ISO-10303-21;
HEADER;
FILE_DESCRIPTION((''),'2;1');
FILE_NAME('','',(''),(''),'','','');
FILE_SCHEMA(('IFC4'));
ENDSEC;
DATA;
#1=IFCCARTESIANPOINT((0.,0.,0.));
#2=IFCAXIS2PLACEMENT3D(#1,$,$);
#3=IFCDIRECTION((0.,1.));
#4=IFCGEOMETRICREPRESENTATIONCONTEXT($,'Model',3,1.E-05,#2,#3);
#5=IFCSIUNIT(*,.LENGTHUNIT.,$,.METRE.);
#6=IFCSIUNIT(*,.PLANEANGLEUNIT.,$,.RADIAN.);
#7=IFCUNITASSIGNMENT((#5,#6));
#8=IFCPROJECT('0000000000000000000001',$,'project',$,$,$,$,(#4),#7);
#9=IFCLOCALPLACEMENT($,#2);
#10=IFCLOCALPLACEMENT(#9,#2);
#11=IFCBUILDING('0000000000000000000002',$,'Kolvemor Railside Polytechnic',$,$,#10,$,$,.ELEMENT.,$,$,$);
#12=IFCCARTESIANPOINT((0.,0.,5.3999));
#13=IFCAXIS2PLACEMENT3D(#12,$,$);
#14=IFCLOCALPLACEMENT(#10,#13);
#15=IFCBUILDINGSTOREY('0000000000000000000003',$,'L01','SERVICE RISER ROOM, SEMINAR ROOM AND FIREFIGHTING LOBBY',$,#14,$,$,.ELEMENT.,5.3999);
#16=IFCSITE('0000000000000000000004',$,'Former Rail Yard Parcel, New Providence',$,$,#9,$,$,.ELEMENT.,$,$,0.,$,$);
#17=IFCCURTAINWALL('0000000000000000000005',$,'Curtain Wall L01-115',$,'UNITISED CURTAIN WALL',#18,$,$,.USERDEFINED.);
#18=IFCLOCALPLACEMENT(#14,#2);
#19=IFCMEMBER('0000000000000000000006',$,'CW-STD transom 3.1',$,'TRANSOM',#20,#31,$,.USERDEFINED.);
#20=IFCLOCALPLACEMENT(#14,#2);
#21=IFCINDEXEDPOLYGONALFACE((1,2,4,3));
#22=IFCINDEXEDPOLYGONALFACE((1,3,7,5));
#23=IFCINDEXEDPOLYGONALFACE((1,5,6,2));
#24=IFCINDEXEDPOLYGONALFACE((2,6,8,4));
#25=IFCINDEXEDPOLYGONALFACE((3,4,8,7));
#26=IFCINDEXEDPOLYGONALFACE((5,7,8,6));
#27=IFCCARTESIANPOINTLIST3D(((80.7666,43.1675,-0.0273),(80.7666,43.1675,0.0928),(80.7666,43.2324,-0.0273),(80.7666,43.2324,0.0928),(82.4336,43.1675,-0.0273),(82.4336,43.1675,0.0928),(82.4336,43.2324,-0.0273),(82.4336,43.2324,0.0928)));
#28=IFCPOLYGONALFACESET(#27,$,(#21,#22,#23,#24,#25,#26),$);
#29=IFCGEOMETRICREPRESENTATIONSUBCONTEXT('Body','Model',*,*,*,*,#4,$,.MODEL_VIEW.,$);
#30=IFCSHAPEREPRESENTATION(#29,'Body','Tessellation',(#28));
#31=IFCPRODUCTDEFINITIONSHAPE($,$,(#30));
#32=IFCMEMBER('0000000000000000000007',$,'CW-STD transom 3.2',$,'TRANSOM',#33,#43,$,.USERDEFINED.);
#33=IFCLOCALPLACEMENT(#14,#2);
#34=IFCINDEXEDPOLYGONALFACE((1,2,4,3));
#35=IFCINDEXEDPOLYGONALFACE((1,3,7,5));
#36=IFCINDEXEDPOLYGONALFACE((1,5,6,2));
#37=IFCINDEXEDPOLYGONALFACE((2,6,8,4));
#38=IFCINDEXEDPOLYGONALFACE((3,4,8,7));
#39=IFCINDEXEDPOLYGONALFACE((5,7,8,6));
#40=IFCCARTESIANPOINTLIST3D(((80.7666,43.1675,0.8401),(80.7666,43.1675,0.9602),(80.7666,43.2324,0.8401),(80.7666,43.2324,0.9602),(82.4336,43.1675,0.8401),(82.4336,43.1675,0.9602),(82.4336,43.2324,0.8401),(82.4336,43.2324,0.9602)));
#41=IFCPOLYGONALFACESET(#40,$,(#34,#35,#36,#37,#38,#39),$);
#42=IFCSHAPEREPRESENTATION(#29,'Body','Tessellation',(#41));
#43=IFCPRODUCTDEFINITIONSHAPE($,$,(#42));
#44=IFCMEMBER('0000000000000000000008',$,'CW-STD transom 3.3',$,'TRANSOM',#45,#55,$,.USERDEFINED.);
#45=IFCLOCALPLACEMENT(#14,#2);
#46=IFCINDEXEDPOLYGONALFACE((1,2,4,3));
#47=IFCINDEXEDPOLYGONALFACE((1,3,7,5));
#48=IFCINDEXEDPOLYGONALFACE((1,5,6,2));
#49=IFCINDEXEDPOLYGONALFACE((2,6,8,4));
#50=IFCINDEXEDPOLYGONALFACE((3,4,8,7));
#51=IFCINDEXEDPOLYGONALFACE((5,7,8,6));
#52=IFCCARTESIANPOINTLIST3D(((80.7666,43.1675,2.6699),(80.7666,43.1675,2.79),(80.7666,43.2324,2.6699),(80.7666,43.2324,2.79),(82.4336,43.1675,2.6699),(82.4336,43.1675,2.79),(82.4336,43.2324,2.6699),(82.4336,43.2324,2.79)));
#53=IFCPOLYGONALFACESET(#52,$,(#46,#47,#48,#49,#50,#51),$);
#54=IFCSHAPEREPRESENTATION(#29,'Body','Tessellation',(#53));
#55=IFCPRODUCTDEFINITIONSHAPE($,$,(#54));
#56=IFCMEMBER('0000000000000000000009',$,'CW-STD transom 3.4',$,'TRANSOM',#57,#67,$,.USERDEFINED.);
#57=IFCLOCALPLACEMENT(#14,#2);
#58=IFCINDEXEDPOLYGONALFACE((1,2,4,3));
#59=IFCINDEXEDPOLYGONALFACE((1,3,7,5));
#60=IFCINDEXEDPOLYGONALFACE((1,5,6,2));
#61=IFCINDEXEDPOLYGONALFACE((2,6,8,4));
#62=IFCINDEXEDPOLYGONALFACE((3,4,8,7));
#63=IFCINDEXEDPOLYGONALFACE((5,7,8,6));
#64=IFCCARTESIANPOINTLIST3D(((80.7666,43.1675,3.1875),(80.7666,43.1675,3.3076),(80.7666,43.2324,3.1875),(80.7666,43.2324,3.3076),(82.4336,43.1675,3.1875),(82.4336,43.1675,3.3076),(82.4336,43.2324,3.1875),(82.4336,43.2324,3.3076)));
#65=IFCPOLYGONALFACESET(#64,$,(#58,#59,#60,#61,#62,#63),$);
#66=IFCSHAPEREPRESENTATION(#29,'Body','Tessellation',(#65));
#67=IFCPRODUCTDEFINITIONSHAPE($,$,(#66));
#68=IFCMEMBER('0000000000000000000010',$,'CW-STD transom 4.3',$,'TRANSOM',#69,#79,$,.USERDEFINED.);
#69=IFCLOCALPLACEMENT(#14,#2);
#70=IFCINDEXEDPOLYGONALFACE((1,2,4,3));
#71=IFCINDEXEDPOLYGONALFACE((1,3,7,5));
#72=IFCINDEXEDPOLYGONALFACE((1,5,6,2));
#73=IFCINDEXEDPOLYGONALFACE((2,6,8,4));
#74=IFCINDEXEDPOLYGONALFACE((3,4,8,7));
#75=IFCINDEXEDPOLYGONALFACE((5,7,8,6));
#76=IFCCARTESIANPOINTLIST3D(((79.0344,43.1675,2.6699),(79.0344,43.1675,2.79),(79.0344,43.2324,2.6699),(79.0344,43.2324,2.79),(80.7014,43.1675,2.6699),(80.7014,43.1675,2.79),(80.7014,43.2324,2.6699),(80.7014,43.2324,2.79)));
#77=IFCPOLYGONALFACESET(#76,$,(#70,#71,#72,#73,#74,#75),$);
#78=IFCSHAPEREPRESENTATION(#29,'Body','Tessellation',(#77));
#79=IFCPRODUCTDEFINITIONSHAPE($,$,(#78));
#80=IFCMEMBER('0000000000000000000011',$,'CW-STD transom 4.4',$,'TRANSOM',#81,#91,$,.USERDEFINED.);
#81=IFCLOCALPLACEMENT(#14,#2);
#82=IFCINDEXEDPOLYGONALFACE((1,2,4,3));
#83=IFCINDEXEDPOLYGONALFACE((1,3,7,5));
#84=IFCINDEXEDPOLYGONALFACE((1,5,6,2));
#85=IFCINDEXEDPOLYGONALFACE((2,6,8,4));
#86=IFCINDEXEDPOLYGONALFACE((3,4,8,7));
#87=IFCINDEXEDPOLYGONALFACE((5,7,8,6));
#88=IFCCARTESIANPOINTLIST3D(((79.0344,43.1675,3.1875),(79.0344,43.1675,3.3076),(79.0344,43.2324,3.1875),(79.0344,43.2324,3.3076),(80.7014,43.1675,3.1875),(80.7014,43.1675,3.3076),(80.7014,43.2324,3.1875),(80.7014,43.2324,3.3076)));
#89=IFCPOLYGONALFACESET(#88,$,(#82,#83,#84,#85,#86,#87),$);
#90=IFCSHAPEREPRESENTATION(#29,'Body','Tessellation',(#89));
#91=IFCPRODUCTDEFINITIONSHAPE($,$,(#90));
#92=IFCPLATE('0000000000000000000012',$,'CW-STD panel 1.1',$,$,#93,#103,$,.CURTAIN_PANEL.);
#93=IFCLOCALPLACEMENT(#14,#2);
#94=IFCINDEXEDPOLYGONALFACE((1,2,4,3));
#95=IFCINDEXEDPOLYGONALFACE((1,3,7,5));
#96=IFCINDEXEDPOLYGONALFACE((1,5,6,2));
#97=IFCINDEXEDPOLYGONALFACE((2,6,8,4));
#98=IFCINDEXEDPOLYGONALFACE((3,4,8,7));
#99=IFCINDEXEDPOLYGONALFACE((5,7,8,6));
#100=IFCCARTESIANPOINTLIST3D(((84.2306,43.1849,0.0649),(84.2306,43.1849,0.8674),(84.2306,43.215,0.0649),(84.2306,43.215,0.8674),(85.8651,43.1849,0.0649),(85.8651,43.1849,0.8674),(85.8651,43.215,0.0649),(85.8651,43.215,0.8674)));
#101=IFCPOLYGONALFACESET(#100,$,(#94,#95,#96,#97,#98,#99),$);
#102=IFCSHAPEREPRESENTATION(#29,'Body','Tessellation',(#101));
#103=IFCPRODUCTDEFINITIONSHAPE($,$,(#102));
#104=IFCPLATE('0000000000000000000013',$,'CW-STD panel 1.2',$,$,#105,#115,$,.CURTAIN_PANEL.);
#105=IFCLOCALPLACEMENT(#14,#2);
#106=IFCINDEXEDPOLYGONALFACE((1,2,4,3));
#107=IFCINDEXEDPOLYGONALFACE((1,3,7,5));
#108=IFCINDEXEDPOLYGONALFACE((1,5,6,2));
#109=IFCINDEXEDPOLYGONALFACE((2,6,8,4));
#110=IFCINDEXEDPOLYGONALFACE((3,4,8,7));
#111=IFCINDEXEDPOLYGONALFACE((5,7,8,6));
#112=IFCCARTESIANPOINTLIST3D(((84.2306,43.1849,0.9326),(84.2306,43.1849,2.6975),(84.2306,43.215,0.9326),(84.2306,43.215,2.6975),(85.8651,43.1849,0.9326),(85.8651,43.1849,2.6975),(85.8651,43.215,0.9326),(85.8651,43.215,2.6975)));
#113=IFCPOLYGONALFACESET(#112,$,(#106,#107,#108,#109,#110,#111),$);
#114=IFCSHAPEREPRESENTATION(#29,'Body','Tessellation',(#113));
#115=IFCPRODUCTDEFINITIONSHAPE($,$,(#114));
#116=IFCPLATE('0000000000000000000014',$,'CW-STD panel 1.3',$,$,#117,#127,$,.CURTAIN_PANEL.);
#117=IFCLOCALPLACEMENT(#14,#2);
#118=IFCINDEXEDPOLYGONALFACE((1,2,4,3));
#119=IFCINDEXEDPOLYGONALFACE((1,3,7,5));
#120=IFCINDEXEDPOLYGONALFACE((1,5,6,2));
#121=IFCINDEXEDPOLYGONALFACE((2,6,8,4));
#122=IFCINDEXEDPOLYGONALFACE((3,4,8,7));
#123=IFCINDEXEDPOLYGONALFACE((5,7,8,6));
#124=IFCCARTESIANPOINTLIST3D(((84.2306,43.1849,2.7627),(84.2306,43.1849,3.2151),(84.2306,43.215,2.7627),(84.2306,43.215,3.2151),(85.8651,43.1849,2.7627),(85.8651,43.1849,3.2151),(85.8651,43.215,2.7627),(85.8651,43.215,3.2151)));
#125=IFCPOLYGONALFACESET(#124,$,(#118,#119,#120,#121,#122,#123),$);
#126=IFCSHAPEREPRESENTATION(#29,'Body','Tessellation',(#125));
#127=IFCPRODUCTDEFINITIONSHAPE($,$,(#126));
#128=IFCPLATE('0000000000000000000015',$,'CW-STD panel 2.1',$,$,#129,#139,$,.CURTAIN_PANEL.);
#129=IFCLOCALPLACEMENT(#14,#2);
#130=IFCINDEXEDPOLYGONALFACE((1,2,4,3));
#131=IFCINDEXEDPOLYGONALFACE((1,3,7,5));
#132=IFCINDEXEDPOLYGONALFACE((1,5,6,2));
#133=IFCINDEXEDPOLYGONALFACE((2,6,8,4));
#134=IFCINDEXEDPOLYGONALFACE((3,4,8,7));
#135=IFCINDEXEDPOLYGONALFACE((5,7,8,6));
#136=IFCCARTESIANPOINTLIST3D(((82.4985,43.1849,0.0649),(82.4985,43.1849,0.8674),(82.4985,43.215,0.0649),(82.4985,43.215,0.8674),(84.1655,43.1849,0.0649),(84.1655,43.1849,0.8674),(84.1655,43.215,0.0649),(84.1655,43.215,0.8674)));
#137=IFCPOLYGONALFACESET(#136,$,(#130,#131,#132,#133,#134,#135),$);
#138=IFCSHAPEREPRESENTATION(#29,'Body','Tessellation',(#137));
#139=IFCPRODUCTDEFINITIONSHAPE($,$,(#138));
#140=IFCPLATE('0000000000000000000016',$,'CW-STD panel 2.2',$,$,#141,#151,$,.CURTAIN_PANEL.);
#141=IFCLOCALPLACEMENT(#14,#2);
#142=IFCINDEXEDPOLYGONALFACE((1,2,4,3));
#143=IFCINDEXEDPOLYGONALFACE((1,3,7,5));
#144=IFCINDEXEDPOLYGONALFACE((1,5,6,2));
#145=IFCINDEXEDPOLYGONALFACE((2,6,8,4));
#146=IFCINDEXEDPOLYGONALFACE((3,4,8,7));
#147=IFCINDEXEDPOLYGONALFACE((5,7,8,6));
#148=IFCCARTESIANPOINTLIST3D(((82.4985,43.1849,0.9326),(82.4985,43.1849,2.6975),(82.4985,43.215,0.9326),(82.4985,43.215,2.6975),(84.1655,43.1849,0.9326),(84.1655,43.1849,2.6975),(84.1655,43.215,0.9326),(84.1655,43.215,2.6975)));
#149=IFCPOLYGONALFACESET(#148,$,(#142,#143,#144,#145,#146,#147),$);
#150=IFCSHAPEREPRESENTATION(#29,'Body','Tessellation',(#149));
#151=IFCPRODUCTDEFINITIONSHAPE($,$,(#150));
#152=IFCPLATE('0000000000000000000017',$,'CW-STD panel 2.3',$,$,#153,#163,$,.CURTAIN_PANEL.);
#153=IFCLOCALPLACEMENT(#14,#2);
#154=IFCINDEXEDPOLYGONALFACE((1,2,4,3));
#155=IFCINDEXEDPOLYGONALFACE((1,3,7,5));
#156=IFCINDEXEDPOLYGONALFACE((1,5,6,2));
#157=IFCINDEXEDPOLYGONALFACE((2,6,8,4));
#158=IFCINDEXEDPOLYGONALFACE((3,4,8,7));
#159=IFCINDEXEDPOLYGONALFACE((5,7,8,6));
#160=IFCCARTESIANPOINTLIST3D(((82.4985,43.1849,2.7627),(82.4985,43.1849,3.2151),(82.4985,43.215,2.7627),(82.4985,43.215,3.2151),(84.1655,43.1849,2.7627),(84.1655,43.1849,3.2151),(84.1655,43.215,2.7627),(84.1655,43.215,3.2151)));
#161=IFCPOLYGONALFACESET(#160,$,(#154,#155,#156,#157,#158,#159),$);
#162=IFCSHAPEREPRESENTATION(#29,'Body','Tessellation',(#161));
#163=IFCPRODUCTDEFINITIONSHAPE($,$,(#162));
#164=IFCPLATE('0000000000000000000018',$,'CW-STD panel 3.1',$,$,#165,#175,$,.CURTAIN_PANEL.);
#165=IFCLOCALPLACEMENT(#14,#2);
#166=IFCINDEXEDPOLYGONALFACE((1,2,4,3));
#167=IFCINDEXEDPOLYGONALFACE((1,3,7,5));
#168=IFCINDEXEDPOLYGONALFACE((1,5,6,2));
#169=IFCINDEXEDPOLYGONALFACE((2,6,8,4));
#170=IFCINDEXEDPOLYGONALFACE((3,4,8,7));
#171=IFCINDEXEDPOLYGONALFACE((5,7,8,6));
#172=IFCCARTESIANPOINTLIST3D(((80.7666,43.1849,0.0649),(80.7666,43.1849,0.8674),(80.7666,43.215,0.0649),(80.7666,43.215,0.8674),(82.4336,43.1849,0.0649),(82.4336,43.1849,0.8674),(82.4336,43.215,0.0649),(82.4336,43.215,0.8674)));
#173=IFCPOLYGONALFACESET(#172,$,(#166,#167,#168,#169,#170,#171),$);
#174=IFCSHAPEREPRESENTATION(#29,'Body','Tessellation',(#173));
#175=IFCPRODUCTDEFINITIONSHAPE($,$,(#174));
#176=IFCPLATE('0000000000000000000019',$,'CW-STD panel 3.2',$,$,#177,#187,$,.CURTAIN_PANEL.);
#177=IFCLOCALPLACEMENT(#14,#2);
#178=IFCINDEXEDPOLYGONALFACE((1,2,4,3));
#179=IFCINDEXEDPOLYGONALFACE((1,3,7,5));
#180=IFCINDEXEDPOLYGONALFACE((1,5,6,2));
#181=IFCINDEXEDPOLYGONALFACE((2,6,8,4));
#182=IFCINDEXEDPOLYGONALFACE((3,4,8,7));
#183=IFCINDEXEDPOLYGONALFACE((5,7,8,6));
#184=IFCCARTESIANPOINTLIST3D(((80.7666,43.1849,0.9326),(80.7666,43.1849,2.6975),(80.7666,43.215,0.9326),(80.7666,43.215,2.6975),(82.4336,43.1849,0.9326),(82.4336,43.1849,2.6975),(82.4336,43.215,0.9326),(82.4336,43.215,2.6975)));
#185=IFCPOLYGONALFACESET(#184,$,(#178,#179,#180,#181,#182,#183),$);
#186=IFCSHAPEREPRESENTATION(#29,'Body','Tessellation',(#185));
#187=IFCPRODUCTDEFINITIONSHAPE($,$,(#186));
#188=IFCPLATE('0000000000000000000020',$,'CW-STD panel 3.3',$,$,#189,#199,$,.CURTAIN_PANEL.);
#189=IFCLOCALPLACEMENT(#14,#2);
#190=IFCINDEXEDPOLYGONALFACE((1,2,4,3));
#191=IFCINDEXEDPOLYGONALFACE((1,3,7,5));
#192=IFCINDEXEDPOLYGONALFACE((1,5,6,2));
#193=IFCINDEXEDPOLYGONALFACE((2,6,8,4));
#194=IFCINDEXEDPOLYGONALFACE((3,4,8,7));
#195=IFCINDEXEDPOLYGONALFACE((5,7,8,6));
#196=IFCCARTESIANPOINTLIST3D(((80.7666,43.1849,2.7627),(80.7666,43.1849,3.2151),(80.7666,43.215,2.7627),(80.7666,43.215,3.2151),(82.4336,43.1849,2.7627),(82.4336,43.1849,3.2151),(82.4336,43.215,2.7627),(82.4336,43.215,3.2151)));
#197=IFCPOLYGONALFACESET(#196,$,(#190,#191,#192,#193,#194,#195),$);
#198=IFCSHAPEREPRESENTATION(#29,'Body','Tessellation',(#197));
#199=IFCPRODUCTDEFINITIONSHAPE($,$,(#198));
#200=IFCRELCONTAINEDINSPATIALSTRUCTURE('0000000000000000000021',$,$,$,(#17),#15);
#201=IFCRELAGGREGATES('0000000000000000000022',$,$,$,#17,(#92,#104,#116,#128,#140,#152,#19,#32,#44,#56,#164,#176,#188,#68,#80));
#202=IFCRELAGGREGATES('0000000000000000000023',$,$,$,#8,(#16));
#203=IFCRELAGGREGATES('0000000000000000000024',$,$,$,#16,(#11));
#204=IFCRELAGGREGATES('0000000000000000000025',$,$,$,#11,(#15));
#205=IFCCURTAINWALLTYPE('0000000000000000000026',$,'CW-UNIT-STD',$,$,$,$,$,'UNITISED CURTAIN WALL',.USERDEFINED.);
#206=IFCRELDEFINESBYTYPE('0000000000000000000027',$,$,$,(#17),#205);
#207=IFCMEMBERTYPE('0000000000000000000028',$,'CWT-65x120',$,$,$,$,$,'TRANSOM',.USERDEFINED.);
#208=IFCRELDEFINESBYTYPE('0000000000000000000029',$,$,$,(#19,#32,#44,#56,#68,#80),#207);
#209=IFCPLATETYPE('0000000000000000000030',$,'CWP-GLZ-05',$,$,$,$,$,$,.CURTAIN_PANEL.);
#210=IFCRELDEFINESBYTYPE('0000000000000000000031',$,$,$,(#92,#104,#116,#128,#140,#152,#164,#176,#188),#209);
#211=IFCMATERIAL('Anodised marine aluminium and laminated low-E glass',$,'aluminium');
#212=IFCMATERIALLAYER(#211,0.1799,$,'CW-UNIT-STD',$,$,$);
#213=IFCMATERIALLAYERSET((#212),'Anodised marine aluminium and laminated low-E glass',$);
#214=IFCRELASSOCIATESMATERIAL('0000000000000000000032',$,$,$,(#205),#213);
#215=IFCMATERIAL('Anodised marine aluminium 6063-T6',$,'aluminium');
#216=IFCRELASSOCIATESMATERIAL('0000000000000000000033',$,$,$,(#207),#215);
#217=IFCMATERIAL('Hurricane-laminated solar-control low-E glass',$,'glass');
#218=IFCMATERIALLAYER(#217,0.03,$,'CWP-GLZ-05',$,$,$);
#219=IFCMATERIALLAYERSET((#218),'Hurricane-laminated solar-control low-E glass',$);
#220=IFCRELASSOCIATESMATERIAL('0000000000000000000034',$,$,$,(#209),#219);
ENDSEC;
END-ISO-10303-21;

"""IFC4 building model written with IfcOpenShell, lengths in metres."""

from ifc_helpers import new_model, si_unit, direction, frame, origin, origin_2d, place, context, subcontext, project, spatial, rectangle, extrude, material, layer, layer_set, material_profile, profile_set, type_object, element, aggregate, save


model = new_model("IFC4")

# Units and contexts
model_context = context("Model", 3, precision=1e-05, world=origin(), true_north=direction((0.0, 1.0)))
body_context = subcontext(model_context, "Body", "Model", "MODEL_VIEW")
ifc_project = project(units=[si_unit("LENGTHUNIT", "METRE"), si_unit("PLANEANGLEUNIT", "RADIAN")], contexts=[model_context])

# Site, building, storey
site_placement = place(None, origin())
site = spatial("IfcSite", under=ifc_project, at=site_placement, Name="Former Rail Yard Parcel, New Providence", CompositionType="ELEMENT", RefElevation=0.0)
building_placement = place(site_placement, origin())
building = spatial("IfcBuilding", under=site, at=building_placement, Name="Kolvemor Railside Polytechnic", CompositionType="ELEMENT")
storey_placement = place(building_placement, frame((0.0, 0.0, 5.3999)))
storey = spatial("IfcBuildingStorey", under=building, at=storey_placement, Name="L01", Description="SERVICE RISER ROOM, SEMINAR ROOM AND FIREFIGHTING LOBBY", CompositionType="ELEMENT", Elevation=5.3999)

# Curtain wall, members, plates
ifc_material_1 = material(Name="Anodised marine aluminium and laminated low-E glass", Category="aluminium")
ifc_layer_1 = layer(ifc_material_1, 0.1799, Name="CW-UNIT-STD")
ifc_layer_set_1 = layer_set([ifc_layer_1], Name="Anodised marine aluminium and laminated low-E glass")
curtain_wall_type = type_object("IfcCurtainWallType", Name="CW-UNIT-STD", ElementType="UNITISED CURTAIN WALL", PredefinedType="USERDEFINED", material=ifc_layer_set_1)
curtain_wall_placement = place(storey_placement, origin())
curtain_wall = element("IfcCurtainWall", 1, at=curtain_wall_placement, inside=storey, type_object=curtain_wall_type, Name="Curtain Wall L01-115", ObjectType="UNITISED CURTAIN WALL", PredefinedType="USERDEFINED")
ifc_material_2 = material(Name="Anodised marine aluminium 6063-T6", Category="aluminium")
ifc_material_profile_1 = material_profile(ifc_material_2, rectangle(XDim=0.0649, YDim=0.1201, at=origin_2d()), Name="CW-TRN-65x120")
ifc_profile_set_1 = profile_set([ifc_material_profile_1], Name="Anodised marine aluminium 6063-T6")
member_type_1 = type_object("IfcMemberType", Name="CWT-65x120", ElementType="TRANSOM", PredefinedType="USERDEFINED", material=ifc_profile_set_1)
member_1_placement = place(storey_placement, frame((82.4336, 43.2, 0.0327), z_axis=(-1.0, 0.0, 0.0), x_axis=(0.0, -1.0, 0.0)))
member_1 = element("IfcMember", 2, at=member_1_placement, type_object=member_type_1, Name="CW-STD transom 3.1", ObjectType="TRANSOM", PredefinedType="USERDEFINED", context=body_context, shape_type="SweptSolid", body=[
    extrude(rectangle(XDim=0.0649, YDim=0.1201, at=origin_2d()), origin(), (0.0, 0.0, 1.0), 1.667),
])
member_2_placement = place(storey_placement, frame((82.4336, 43.2, 0.9001), z_axis=(-1.0, 0.0, 0.0), x_axis=(0.0, -1.0, 0.0)))
member_2 = element("IfcMember", 3, at=member_2_placement, type_object=member_type_1, Name="CW-STD transom 3.2", ObjectType="TRANSOM", PredefinedType="USERDEFINED", context=body_context, shape_type="SweptSolid", body=[
    extrude(rectangle(XDim=0.0649, YDim=0.1201, at=origin_2d()), origin(), (0.0, 0.0, 1.0), 1.667),
])
member_3_placement = place(storey_placement, frame((82.4336, 43.2, 2.73), z_axis=(-1.0, 0.0, 0.0), x_axis=(0.0, -1.0, 0.0)))
member_3 = element("IfcMember", 4, at=member_3_placement, type_object=member_type_1, Name="CW-STD transom 3.3", ObjectType="TRANSOM", PredefinedType="USERDEFINED", context=body_context, shape_type="SweptSolid", body=[
    extrude(rectangle(XDim=0.0649, YDim=0.1201, at=origin_2d()), origin(), (0.0, 0.0, 1.0), 1.667),
])
member_4_placement = place(storey_placement, frame((82.4336, 43.2, 3.2476), z_axis=(-1.0, 0.0, 0.0), x_axis=(0.0, -1.0, 0.0)))
member_4 = element("IfcMember", 5, at=member_4_placement, type_object=member_type_1, Name="CW-STD transom 3.4", ObjectType="TRANSOM", PredefinedType="USERDEFINED", context=body_context, shape_type="SweptSolid", body=[
    extrude(rectangle(XDim=0.0649, YDim=0.1201, at=origin_2d()), origin(), (0.0, 0.0, 1.0), 1.667),
])
member_5_placement = place(storey_placement, frame((80.7014, 43.2, 2.73), z_axis=(-1.0, 0.0, 0.0), x_axis=(0.0, -1.0, 0.0)))
member_5 = element("IfcMember", 6, at=member_5_placement, type_object=member_type_1, Name="CW-STD transom 4.3", ObjectType="TRANSOM", PredefinedType="USERDEFINED", context=body_context, shape_type="SweptSolid", body=[
    extrude(rectangle(XDim=0.0649, YDim=0.1201, at=origin_2d()), origin(), (0.0, 0.0, 1.0), 1.667),
])
member_6_placement = place(storey_placement, frame((80.7014, 43.2, 3.2476), z_axis=(-1.0, 0.0, 0.0), x_axis=(0.0, -1.0, 0.0)))
member_6 = element("IfcMember", 7, at=member_6_placement, type_object=member_type_1, Name="CW-STD transom 4.4", ObjectType="TRANSOM", PredefinedType="USERDEFINED", context=body_context, shape_type="SweptSolid", body=[
    extrude(rectangle(XDim=0.0649, YDim=0.1201, at=origin_2d()), origin(), (0.0, 0.0, 1.0), 1.667),
])
ifc_material_3 = material(Name="Hurricane-laminated solar-control low-E glass", Category="glass")
ifc_layer_2 = layer(ifc_material_3, 0.03, Name="CWP-GLZ-05")
ifc_layer_set_2 = layer_set([ifc_layer_2], Name="Hurricane-laminated solar-control low-E glass")
plate_type = type_object("IfcPlateType", Name="CWP-GLZ-05", PredefinedType="CURTAIN_PANEL", material=ifc_layer_set_2)
plate_1_placement = place(storey_placement, frame((85.0479, 43.2, 0.0649), z_axis=(0.0, 0.0, 1.0), x_axis=(-1.0, 0.0, 0.0)))
plate_1 = element("IfcPlate", 8, at=plate_1_placement, type_object=plate_type, Name="CW-STD panel 1.1", PredefinedType="CURTAIN_PANEL", context=body_context, shape_type="SweptSolid", body=[
    extrude(rectangle(XDim=1.6345, YDim=0.03, at=origin_2d()), origin(), (0.0, 0.0, 1.0), 0.8025),
])
plate_2_placement = place(storey_placement, frame((85.0479, 43.2, 0.9326), z_axis=(0.0, 0.0, 1.0), x_axis=(-1.0, 0.0, 0.0)))
plate_2 = element("IfcPlate", 9, at=plate_2_placement, type_object=plate_type, Name="CW-STD panel 1.2", PredefinedType="CURTAIN_PANEL", context=body_context, shape_type="SweptSolid", body=[
    extrude(rectangle(XDim=1.6345, YDim=0.03, at=origin_2d()), origin(), (0.0, 0.0, 1.0), 1.7649),
])
plate_3_placement = place(storey_placement, frame((85.0479, 43.2, 2.7627), z_axis=(0.0, 0.0, 1.0), x_axis=(-1.0, 0.0, 0.0)))
plate_3 = element("IfcPlate", 10, at=plate_3_placement, type_object=plate_type, Name="CW-STD panel 1.3", PredefinedType="CURTAIN_PANEL", context=body_context, shape_type="SweptSolid", body=[
    extrude(rectangle(XDim=1.6345, YDim=0.03, at=origin_2d()), origin(), (0.0, 0.0, 1.0), 0.4524),
])
plate_4_placement = place(storey_placement, frame((83.332, 43.2, 0.0649), z_axis=(0.0, 0.0, 1.0), x_axis=(-1.0, 0.0, 0.0)))
plate_4 = element("IfcPlate", 11, at=plate_4_placement, type_object=plate_type, Name="CW-STD panel 2.1", PredefinedType="CURTAIN_PANEL", context=body_context, shape_type="SweptSolid", body=[
    extrude(rectangle(XDim=1.667, YDim=0.03, at=origin_2d()), origin(), (0.0, 0.0, 1.0), 0.8025),
])
plate_5_placement = place(storey_placement, frame((83.332, 43.2, 0.9326), z_axis=(0.0, 0.0, 1.0), x_axis=(-1.0, 0.0, 0.0)))
plate_5 = element("IfcPlate", 12, at=plate_5_placement, type_object=plate_type, Name="CW-STD panel 2.2", PredefinedType="CURTAIN_PANEL", context=body_context, shape_type="SweptSolid", body=[
    extrude(rectangle(XDim=1.667, YDim=0.03, at=origin_2d()), origin(), (0.0, 0.0, 1.0), 1.7649),
])
plate_6_placement = place(storey_placement, frame((83.332, 43.2, 2.7627), z_axis=(0.0, 0.0, 1.0), x_axis=(-1.0, 0.0, 0.0)))
plate_6 = element("IfcPlate", 13, at=plate_6_placement, type_object=plate_type, Name="CW-STD panel 2.3", PredefinedType="CURTAIN_PANEL", context=body_context, shape_type="SweptSolid", body=[
    extrude(rectangle(XDim=1.667, YDim=0.03, at=origin_2d()), origin(), (0.0, 0.0, 1.0), 0.4524),
])
plate_7_placement = place(storey_placement, frame((81.6001, 43.2, 0.0649), z_axis=(0.0, 0.0, 1.0), x_axis=(-1.0, 0.0, 0.0)))
plate_7 = element("IfcPlate", 14, at=plate_7_placement, type_object=plate_type, Name="CW-STD panel 3.1", PredefinedType="CURTAIN_PANEL", context=body_context, shape_type="SweptSolid", body=[
    extrude(rectangle(XDim=1.667, YDim=0.03, at=origin_2d()), origin(), (0.0, 0.0, 1.0), 0.8025),
])
plate_8_placement = place(storey_placement, frame((81.6001, 43.2, 0.9326), z_axis=(0.0, 0.0, 1.0), x_axis=(-1.0, 0.0, 0.0)))
plate_8 = element("IfcPlate", 15, at=plate_8_placement, type_object=plate_type, Name="CW-STD panel 3.2", PredefinedType="CURTAIN_PANEL", context=body_context, shape_type="SweptSolid", body=[
    extrude(rectangle(XDim=1.667, YDim=0.03, at=origin_2d()), origin(), (0.0, 0.0, 1.0), 1.7649),
])
plate_9_placement = place(storey_placement, frame((81.6001, 43.2, 2.7627), z_axis=(0.0, 0.0, 1.0), x_axis=(-1.0, 0.0, 0.0)))
plate_9 = element("IfcPlate", 16, at=plate_9_placement, type_object=plate_type, Name="CW-STD panel 3.3", PredefinedType="CURTAIN_PANEL", context=body_context, shape_type="SweptSolid", body=[
    extrude(rectangle(XDim=1.667, YDim=0.03, at=origin_2d()), origin(), (0.0, 0.0, 1.0), 0.4524),
])
aggregate(curtain_wall, [plate_1, plate_2, plate_3, plate_4, plate_5, plate_6, member_1, member_2, member_3, member_4, plate_7, plate_8, plate_9, member_5, member_6])

save(model, "model.ifc")
